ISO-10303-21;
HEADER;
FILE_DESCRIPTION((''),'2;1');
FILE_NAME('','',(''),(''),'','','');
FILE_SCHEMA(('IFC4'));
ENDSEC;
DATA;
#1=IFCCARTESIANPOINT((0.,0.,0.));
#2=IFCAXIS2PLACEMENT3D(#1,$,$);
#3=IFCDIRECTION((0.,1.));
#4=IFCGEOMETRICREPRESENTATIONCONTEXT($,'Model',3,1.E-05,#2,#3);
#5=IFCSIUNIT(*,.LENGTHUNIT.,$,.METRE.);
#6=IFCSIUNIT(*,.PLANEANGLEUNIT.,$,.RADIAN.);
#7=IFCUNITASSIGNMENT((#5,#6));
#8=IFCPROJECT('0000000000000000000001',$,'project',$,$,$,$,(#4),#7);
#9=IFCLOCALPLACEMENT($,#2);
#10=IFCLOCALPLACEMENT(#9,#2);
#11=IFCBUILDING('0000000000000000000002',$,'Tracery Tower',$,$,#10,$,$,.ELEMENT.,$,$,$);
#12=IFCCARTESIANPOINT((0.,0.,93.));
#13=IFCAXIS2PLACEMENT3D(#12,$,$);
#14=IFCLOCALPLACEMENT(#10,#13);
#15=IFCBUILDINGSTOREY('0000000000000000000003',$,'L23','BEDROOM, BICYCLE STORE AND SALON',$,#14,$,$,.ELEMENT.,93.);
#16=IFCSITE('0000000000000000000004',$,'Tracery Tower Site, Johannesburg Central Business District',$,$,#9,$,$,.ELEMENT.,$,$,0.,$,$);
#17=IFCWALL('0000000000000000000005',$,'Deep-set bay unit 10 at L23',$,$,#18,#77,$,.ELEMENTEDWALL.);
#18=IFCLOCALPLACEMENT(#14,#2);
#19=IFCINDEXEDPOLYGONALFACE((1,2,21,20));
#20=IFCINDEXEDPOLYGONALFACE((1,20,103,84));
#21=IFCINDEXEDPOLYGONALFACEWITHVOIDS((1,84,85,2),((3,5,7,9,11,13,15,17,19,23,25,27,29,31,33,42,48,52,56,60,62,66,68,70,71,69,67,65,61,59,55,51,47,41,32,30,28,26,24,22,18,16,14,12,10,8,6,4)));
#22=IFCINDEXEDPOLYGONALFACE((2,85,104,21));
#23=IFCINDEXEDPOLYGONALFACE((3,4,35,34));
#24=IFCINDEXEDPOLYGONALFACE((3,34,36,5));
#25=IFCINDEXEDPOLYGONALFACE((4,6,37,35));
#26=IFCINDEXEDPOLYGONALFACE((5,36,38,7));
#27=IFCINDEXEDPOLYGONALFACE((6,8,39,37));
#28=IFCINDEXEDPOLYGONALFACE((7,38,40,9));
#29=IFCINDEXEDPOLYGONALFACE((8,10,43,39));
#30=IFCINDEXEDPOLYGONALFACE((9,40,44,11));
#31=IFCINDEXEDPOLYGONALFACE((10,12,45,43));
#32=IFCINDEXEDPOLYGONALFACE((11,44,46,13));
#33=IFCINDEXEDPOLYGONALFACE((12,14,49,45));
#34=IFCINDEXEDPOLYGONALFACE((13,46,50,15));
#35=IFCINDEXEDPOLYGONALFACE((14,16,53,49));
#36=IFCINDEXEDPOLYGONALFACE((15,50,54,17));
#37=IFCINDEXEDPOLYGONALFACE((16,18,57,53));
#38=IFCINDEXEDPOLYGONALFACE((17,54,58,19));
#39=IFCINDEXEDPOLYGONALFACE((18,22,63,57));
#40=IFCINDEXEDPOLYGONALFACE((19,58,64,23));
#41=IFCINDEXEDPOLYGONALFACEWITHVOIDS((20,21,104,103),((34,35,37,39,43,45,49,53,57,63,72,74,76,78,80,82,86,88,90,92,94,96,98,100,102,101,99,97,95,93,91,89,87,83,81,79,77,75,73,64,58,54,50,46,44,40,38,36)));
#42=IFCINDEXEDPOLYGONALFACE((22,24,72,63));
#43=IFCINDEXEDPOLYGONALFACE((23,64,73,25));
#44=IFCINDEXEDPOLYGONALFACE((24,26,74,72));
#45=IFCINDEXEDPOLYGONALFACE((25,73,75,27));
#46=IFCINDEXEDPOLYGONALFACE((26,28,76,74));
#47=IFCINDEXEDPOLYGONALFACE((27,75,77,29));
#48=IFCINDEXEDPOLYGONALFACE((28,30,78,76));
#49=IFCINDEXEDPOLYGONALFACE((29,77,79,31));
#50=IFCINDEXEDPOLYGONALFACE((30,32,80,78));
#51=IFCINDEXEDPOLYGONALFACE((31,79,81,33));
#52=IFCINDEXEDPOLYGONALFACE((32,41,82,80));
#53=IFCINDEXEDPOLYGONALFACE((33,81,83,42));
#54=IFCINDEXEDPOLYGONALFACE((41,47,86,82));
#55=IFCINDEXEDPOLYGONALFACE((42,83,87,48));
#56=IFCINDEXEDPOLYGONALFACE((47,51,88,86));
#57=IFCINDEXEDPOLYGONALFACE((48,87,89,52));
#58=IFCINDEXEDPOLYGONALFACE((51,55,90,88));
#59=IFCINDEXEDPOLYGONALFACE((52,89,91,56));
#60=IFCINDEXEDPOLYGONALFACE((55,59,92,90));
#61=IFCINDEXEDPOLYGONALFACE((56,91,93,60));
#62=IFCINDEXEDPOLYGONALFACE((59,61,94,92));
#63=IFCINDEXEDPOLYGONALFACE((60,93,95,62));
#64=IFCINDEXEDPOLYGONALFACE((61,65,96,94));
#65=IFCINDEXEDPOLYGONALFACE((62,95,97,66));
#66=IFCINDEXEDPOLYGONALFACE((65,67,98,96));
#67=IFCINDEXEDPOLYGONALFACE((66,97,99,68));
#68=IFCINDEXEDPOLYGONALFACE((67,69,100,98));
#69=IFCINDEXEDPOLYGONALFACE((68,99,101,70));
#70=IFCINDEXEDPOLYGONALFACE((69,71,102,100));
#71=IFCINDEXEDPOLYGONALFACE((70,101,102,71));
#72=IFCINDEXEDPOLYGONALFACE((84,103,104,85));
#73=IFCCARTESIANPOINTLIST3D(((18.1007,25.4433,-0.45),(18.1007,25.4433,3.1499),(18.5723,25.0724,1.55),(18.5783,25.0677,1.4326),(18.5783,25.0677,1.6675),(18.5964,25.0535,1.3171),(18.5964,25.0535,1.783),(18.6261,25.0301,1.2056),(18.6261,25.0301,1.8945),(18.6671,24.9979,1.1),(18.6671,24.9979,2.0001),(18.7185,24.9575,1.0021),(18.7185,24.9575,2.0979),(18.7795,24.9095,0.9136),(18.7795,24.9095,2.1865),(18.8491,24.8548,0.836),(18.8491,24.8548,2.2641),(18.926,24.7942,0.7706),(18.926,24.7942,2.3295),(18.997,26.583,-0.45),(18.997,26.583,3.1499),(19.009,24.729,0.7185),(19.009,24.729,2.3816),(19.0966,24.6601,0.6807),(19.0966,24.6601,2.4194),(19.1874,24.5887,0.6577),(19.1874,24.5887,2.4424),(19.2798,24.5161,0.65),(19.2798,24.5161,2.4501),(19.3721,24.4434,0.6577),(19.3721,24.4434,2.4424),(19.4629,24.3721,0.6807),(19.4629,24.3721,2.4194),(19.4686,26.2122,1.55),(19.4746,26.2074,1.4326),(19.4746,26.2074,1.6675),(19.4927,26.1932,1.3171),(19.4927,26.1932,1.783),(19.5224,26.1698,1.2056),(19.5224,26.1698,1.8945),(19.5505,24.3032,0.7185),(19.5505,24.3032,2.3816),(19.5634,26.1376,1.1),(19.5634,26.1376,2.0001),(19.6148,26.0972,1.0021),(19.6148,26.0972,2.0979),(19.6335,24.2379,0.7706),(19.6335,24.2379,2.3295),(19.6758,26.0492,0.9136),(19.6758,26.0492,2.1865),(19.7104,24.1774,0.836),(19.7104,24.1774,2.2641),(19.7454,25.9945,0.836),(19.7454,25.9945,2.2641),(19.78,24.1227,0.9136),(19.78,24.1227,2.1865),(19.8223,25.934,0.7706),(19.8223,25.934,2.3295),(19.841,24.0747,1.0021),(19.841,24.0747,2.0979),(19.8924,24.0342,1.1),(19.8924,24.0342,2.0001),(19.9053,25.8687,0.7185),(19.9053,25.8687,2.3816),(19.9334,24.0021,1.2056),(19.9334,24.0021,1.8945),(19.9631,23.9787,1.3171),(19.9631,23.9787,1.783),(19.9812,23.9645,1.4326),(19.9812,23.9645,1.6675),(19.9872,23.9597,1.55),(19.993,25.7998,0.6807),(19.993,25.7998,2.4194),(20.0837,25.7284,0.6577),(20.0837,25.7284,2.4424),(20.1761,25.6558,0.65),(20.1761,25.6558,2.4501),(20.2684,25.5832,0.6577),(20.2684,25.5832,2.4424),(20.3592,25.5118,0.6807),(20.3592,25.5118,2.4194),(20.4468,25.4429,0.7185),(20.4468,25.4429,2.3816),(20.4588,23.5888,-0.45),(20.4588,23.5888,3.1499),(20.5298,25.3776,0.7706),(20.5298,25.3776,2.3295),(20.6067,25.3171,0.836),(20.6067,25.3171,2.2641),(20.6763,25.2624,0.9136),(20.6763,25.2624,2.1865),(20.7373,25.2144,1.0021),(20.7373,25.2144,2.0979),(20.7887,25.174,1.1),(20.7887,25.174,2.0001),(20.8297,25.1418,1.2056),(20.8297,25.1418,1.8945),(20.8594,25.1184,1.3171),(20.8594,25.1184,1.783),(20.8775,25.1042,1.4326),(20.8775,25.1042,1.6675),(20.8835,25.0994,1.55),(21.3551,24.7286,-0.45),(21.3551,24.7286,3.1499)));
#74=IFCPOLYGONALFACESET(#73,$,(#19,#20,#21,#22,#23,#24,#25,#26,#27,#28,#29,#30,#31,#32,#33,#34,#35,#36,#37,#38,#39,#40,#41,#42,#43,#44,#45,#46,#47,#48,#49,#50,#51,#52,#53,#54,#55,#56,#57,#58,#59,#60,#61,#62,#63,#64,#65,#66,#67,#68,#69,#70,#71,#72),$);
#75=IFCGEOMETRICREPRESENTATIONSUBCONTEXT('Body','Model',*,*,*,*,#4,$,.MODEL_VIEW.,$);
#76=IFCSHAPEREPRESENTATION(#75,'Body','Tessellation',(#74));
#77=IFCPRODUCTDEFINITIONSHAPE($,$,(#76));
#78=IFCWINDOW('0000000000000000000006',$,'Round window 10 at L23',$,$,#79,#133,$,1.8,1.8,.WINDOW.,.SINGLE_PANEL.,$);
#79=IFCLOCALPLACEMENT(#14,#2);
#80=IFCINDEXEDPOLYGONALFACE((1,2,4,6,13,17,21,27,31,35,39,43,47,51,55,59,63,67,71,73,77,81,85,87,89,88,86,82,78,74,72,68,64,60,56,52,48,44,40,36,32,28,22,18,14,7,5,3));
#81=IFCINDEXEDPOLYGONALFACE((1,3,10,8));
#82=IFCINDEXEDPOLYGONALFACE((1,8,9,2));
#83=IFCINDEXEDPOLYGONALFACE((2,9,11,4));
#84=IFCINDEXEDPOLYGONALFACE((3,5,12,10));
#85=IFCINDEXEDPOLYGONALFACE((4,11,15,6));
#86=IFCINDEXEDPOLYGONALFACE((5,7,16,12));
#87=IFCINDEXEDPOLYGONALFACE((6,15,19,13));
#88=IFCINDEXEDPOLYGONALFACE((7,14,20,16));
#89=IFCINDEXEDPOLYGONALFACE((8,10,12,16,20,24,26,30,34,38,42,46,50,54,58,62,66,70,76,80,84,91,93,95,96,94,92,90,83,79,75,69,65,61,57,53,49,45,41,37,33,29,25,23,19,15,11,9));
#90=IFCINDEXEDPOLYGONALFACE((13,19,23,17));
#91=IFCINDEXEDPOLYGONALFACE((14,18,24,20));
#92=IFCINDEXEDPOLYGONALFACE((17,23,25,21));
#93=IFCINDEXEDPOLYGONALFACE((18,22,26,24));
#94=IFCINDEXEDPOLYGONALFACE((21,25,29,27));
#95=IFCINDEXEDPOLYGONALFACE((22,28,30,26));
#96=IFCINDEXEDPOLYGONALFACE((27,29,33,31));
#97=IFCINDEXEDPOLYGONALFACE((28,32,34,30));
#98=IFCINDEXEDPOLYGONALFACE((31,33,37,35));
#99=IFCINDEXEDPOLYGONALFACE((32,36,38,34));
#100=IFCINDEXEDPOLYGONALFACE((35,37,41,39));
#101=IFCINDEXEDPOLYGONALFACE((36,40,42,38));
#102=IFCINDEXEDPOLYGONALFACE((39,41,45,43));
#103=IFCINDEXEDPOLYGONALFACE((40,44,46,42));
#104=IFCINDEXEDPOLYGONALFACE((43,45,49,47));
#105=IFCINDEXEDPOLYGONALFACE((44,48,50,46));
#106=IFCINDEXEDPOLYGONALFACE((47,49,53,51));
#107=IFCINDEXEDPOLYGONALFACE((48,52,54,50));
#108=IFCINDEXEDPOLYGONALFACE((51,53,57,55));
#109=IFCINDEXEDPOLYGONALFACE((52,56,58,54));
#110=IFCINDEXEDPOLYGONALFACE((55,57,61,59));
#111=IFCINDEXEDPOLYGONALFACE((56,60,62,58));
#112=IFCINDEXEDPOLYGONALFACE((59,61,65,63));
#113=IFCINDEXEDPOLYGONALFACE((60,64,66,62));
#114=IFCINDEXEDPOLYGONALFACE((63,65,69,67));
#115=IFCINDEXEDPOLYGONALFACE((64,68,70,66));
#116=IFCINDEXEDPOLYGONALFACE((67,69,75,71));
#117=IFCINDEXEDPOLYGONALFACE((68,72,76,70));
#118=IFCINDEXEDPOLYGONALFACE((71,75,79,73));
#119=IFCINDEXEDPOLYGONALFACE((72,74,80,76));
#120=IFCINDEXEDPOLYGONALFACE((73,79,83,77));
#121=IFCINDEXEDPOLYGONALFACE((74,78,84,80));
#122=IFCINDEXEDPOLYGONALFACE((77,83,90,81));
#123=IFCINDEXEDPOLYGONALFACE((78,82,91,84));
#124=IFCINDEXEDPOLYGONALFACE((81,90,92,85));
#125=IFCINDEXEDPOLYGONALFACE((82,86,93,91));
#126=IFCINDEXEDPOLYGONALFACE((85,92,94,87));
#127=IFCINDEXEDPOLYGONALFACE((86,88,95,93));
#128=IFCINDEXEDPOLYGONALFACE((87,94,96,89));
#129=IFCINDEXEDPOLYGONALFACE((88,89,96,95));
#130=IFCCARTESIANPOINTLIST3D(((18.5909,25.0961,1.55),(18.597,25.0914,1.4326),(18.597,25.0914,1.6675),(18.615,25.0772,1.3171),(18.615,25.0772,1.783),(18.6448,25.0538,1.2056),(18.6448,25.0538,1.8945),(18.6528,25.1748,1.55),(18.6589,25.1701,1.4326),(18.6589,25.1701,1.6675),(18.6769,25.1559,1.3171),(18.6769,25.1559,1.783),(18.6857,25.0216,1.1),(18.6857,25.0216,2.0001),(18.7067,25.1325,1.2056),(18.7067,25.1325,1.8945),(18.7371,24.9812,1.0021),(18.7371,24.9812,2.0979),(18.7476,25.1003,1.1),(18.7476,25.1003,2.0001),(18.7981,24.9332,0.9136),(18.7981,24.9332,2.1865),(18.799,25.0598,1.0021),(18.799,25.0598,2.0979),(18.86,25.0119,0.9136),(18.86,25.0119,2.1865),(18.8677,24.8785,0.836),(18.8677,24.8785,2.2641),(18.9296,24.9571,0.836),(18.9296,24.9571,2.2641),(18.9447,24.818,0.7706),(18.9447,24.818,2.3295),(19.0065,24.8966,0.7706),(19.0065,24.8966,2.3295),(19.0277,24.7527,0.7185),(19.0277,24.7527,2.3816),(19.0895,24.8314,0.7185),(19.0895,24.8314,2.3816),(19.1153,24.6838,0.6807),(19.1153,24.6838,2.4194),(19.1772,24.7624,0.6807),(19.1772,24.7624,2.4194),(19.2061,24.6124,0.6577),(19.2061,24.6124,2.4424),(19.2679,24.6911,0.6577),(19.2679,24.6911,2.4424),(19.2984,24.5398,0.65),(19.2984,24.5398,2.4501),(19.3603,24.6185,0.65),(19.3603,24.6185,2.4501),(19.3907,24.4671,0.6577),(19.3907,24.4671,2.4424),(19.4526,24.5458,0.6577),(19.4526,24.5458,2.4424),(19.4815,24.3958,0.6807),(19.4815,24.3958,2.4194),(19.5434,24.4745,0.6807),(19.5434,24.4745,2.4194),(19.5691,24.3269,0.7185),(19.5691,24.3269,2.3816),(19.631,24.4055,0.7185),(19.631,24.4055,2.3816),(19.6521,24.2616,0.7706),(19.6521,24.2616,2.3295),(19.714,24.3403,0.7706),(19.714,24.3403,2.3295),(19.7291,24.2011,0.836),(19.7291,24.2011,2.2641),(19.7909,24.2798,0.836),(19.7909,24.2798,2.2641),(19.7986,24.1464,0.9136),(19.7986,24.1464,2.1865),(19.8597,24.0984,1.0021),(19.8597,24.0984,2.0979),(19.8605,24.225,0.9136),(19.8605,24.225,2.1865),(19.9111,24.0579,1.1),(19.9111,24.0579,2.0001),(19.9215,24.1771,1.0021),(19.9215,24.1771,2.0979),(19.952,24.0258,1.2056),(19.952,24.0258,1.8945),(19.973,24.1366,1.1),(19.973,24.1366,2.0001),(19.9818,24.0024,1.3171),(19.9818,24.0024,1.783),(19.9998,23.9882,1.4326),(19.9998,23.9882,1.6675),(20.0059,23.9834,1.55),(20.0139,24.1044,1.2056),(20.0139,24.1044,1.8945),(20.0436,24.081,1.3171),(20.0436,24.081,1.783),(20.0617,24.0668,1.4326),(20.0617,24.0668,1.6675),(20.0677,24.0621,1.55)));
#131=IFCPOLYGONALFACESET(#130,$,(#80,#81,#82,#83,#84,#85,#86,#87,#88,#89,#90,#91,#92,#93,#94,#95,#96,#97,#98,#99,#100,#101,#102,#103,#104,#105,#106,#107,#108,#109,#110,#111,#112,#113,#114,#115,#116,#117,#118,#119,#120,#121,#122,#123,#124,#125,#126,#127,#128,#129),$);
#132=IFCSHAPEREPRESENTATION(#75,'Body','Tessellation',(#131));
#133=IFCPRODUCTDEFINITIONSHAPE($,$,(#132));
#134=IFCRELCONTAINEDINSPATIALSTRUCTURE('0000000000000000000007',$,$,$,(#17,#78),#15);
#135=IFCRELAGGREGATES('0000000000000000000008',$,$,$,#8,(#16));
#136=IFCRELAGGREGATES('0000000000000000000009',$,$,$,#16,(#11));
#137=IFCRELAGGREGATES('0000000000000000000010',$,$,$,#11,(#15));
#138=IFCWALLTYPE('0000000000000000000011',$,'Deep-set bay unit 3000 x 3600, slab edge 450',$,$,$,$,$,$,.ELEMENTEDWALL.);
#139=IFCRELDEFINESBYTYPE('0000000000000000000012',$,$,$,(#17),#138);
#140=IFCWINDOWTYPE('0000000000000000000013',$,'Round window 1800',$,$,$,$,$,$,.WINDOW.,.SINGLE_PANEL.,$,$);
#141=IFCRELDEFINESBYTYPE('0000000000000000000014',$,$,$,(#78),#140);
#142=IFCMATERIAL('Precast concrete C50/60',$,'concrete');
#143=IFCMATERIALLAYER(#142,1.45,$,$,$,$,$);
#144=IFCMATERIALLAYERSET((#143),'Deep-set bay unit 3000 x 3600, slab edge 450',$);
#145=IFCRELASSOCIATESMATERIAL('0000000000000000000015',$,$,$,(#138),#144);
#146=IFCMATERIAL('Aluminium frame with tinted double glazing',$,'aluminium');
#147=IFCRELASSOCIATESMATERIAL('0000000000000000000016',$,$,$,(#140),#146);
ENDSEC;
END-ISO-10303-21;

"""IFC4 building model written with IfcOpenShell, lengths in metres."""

from ifc_helpers import new_model, si_unit, direction, frame, frame_2d, origin, origin_2d, place, context, subcontext, project, spatial, rectangle, circle, extrude, material, layer, layer_set, type_object, element, fill, save


model = new_model("IFC4")

# Units and contexts
model_context = context("Model", 3, precision=1e-05, world=origin(), true_north=direction((0.0, 1.0)))
body_context = subcontext(model_context, "Body", "Model", "MODEL_VIEW")
ifc_project = project(units=[si_unit("LENGTHUNIT", "METRE"), si_unit("PLANEANGLEUNIT", "RADIAN")], contexts=[model_context])

# Site, building, storey
site_placement = place(None, origin())
site = spatial("IfcSite", under=ifc_project, at=site_placement, Name="Tracery Tower Site, Johannesburg Central Business District", CompositionType="ELEMENT", RefElevation=0.0)
building_placement = place(site_placement, origin())
building = spatial("IfcBuilding", under=site, at=building_placement, Name="Tracery Tower", CompositionType="ELEMENT")
storey_placement = place(building_placement, frame((0.0, 0.0, 93.0)))
storey = spatial("IfcBuildingStorey", under=building, at=storey_placement, Name="L23", Description="BEDROOM, BICYCLE STORE AND SALON", CompositionType="ELEMENT", Elevation=93.0)

# Wall, opening, window
ifc_material_1 = material(Name="Precast concrete C50/60", Category="concrete")
ifc_layer_1 = layer(ifc_material_1, 1.45)
ifc_layer_set_1 = layer_set([ifc_layer_1], Name="Deep-set bay unit 3000 x 3600, slab edge 450")
wall_type_1 = type_object("IfcWallType", Name="Deep-set bay unit 3000 x 3600, slab edge 450", PredefinedType="ELEMENTEDWALL", material=ifc_layer_set_1)
ifc_material_2 = material(Name="Aluminium frame with tinted double glazing", Category="aluminium")
window_type = type_object("IfcWindowType", Name="Round window 1800", PartitioningType="SINGLE_PANEL", PredefinedType="WINDOW", material=ifc_material_2)
wall_1_placement = place(storey_placement, frame((20.907, 24.1587, -0.45), z_axis=(0.0, 0.0, 1.0), x_axis=(-0.78605, 0.618163, 0.0)))
wall_1 = element("IfcWall", 1, at=wall_1_placement, inside=storey, type_object=wall_type_1, Name="Deep-set bay unit 10 at L23", PredefinedType="ELEMENTEDWALL", context=body_context, shape_type="SweptSolid", body=[
    extrude(rectangle(XDim=3.0, YDim=1.45, at=frame_2d((1.5, 0.0))), origin(), (0.0, 0.0, 1.0), 3.5999),
])
opening_1_placement = place(wall_1_placement, frame((1.5, 0.0, 2.0)))
opening_1 = element("IfcOpeningElement", 2, at=opening_1_placement, cuts=wall_1, PredefinedType="OPENING", context=body_context, shape_type="SweptSolid", body=[
    extrude(circle(Radius=0.9, at=origin_2d()), frame((0.0, 0.7349, 0.0), z_axis=(0.0, -1.0, 0.0), x_axis=(1.0, 0.0, 0.0)), (0.0, 0.0, 1.0), 1.47),
])
window_1_placement = place(opening_1_placement, origin())
window_1 = element("IfcWindow", 3, at=window_1_placement, inside=storey, type_object=window_type, Name="Round window 10 at L23", OverallHeight=1.8, OverallWidth=1.8, PartitioningType="SINGLE_PANEL", PredefinedType="WINDOW", context=body_context, shape_type="SweptSolid", body=[
    extrude(circle(Radius=0.9, at=origin_2d()), frame((0.0, 0.6948, 0.0), z_axis=(0.0, -1.0, 0.0), x_axis=(1.0, 0.0, 0.0)), (0.0, 0.0, 1.0), 0.1001),
])
fill(opening_1, window_1)

save(model, "model.ifc")
